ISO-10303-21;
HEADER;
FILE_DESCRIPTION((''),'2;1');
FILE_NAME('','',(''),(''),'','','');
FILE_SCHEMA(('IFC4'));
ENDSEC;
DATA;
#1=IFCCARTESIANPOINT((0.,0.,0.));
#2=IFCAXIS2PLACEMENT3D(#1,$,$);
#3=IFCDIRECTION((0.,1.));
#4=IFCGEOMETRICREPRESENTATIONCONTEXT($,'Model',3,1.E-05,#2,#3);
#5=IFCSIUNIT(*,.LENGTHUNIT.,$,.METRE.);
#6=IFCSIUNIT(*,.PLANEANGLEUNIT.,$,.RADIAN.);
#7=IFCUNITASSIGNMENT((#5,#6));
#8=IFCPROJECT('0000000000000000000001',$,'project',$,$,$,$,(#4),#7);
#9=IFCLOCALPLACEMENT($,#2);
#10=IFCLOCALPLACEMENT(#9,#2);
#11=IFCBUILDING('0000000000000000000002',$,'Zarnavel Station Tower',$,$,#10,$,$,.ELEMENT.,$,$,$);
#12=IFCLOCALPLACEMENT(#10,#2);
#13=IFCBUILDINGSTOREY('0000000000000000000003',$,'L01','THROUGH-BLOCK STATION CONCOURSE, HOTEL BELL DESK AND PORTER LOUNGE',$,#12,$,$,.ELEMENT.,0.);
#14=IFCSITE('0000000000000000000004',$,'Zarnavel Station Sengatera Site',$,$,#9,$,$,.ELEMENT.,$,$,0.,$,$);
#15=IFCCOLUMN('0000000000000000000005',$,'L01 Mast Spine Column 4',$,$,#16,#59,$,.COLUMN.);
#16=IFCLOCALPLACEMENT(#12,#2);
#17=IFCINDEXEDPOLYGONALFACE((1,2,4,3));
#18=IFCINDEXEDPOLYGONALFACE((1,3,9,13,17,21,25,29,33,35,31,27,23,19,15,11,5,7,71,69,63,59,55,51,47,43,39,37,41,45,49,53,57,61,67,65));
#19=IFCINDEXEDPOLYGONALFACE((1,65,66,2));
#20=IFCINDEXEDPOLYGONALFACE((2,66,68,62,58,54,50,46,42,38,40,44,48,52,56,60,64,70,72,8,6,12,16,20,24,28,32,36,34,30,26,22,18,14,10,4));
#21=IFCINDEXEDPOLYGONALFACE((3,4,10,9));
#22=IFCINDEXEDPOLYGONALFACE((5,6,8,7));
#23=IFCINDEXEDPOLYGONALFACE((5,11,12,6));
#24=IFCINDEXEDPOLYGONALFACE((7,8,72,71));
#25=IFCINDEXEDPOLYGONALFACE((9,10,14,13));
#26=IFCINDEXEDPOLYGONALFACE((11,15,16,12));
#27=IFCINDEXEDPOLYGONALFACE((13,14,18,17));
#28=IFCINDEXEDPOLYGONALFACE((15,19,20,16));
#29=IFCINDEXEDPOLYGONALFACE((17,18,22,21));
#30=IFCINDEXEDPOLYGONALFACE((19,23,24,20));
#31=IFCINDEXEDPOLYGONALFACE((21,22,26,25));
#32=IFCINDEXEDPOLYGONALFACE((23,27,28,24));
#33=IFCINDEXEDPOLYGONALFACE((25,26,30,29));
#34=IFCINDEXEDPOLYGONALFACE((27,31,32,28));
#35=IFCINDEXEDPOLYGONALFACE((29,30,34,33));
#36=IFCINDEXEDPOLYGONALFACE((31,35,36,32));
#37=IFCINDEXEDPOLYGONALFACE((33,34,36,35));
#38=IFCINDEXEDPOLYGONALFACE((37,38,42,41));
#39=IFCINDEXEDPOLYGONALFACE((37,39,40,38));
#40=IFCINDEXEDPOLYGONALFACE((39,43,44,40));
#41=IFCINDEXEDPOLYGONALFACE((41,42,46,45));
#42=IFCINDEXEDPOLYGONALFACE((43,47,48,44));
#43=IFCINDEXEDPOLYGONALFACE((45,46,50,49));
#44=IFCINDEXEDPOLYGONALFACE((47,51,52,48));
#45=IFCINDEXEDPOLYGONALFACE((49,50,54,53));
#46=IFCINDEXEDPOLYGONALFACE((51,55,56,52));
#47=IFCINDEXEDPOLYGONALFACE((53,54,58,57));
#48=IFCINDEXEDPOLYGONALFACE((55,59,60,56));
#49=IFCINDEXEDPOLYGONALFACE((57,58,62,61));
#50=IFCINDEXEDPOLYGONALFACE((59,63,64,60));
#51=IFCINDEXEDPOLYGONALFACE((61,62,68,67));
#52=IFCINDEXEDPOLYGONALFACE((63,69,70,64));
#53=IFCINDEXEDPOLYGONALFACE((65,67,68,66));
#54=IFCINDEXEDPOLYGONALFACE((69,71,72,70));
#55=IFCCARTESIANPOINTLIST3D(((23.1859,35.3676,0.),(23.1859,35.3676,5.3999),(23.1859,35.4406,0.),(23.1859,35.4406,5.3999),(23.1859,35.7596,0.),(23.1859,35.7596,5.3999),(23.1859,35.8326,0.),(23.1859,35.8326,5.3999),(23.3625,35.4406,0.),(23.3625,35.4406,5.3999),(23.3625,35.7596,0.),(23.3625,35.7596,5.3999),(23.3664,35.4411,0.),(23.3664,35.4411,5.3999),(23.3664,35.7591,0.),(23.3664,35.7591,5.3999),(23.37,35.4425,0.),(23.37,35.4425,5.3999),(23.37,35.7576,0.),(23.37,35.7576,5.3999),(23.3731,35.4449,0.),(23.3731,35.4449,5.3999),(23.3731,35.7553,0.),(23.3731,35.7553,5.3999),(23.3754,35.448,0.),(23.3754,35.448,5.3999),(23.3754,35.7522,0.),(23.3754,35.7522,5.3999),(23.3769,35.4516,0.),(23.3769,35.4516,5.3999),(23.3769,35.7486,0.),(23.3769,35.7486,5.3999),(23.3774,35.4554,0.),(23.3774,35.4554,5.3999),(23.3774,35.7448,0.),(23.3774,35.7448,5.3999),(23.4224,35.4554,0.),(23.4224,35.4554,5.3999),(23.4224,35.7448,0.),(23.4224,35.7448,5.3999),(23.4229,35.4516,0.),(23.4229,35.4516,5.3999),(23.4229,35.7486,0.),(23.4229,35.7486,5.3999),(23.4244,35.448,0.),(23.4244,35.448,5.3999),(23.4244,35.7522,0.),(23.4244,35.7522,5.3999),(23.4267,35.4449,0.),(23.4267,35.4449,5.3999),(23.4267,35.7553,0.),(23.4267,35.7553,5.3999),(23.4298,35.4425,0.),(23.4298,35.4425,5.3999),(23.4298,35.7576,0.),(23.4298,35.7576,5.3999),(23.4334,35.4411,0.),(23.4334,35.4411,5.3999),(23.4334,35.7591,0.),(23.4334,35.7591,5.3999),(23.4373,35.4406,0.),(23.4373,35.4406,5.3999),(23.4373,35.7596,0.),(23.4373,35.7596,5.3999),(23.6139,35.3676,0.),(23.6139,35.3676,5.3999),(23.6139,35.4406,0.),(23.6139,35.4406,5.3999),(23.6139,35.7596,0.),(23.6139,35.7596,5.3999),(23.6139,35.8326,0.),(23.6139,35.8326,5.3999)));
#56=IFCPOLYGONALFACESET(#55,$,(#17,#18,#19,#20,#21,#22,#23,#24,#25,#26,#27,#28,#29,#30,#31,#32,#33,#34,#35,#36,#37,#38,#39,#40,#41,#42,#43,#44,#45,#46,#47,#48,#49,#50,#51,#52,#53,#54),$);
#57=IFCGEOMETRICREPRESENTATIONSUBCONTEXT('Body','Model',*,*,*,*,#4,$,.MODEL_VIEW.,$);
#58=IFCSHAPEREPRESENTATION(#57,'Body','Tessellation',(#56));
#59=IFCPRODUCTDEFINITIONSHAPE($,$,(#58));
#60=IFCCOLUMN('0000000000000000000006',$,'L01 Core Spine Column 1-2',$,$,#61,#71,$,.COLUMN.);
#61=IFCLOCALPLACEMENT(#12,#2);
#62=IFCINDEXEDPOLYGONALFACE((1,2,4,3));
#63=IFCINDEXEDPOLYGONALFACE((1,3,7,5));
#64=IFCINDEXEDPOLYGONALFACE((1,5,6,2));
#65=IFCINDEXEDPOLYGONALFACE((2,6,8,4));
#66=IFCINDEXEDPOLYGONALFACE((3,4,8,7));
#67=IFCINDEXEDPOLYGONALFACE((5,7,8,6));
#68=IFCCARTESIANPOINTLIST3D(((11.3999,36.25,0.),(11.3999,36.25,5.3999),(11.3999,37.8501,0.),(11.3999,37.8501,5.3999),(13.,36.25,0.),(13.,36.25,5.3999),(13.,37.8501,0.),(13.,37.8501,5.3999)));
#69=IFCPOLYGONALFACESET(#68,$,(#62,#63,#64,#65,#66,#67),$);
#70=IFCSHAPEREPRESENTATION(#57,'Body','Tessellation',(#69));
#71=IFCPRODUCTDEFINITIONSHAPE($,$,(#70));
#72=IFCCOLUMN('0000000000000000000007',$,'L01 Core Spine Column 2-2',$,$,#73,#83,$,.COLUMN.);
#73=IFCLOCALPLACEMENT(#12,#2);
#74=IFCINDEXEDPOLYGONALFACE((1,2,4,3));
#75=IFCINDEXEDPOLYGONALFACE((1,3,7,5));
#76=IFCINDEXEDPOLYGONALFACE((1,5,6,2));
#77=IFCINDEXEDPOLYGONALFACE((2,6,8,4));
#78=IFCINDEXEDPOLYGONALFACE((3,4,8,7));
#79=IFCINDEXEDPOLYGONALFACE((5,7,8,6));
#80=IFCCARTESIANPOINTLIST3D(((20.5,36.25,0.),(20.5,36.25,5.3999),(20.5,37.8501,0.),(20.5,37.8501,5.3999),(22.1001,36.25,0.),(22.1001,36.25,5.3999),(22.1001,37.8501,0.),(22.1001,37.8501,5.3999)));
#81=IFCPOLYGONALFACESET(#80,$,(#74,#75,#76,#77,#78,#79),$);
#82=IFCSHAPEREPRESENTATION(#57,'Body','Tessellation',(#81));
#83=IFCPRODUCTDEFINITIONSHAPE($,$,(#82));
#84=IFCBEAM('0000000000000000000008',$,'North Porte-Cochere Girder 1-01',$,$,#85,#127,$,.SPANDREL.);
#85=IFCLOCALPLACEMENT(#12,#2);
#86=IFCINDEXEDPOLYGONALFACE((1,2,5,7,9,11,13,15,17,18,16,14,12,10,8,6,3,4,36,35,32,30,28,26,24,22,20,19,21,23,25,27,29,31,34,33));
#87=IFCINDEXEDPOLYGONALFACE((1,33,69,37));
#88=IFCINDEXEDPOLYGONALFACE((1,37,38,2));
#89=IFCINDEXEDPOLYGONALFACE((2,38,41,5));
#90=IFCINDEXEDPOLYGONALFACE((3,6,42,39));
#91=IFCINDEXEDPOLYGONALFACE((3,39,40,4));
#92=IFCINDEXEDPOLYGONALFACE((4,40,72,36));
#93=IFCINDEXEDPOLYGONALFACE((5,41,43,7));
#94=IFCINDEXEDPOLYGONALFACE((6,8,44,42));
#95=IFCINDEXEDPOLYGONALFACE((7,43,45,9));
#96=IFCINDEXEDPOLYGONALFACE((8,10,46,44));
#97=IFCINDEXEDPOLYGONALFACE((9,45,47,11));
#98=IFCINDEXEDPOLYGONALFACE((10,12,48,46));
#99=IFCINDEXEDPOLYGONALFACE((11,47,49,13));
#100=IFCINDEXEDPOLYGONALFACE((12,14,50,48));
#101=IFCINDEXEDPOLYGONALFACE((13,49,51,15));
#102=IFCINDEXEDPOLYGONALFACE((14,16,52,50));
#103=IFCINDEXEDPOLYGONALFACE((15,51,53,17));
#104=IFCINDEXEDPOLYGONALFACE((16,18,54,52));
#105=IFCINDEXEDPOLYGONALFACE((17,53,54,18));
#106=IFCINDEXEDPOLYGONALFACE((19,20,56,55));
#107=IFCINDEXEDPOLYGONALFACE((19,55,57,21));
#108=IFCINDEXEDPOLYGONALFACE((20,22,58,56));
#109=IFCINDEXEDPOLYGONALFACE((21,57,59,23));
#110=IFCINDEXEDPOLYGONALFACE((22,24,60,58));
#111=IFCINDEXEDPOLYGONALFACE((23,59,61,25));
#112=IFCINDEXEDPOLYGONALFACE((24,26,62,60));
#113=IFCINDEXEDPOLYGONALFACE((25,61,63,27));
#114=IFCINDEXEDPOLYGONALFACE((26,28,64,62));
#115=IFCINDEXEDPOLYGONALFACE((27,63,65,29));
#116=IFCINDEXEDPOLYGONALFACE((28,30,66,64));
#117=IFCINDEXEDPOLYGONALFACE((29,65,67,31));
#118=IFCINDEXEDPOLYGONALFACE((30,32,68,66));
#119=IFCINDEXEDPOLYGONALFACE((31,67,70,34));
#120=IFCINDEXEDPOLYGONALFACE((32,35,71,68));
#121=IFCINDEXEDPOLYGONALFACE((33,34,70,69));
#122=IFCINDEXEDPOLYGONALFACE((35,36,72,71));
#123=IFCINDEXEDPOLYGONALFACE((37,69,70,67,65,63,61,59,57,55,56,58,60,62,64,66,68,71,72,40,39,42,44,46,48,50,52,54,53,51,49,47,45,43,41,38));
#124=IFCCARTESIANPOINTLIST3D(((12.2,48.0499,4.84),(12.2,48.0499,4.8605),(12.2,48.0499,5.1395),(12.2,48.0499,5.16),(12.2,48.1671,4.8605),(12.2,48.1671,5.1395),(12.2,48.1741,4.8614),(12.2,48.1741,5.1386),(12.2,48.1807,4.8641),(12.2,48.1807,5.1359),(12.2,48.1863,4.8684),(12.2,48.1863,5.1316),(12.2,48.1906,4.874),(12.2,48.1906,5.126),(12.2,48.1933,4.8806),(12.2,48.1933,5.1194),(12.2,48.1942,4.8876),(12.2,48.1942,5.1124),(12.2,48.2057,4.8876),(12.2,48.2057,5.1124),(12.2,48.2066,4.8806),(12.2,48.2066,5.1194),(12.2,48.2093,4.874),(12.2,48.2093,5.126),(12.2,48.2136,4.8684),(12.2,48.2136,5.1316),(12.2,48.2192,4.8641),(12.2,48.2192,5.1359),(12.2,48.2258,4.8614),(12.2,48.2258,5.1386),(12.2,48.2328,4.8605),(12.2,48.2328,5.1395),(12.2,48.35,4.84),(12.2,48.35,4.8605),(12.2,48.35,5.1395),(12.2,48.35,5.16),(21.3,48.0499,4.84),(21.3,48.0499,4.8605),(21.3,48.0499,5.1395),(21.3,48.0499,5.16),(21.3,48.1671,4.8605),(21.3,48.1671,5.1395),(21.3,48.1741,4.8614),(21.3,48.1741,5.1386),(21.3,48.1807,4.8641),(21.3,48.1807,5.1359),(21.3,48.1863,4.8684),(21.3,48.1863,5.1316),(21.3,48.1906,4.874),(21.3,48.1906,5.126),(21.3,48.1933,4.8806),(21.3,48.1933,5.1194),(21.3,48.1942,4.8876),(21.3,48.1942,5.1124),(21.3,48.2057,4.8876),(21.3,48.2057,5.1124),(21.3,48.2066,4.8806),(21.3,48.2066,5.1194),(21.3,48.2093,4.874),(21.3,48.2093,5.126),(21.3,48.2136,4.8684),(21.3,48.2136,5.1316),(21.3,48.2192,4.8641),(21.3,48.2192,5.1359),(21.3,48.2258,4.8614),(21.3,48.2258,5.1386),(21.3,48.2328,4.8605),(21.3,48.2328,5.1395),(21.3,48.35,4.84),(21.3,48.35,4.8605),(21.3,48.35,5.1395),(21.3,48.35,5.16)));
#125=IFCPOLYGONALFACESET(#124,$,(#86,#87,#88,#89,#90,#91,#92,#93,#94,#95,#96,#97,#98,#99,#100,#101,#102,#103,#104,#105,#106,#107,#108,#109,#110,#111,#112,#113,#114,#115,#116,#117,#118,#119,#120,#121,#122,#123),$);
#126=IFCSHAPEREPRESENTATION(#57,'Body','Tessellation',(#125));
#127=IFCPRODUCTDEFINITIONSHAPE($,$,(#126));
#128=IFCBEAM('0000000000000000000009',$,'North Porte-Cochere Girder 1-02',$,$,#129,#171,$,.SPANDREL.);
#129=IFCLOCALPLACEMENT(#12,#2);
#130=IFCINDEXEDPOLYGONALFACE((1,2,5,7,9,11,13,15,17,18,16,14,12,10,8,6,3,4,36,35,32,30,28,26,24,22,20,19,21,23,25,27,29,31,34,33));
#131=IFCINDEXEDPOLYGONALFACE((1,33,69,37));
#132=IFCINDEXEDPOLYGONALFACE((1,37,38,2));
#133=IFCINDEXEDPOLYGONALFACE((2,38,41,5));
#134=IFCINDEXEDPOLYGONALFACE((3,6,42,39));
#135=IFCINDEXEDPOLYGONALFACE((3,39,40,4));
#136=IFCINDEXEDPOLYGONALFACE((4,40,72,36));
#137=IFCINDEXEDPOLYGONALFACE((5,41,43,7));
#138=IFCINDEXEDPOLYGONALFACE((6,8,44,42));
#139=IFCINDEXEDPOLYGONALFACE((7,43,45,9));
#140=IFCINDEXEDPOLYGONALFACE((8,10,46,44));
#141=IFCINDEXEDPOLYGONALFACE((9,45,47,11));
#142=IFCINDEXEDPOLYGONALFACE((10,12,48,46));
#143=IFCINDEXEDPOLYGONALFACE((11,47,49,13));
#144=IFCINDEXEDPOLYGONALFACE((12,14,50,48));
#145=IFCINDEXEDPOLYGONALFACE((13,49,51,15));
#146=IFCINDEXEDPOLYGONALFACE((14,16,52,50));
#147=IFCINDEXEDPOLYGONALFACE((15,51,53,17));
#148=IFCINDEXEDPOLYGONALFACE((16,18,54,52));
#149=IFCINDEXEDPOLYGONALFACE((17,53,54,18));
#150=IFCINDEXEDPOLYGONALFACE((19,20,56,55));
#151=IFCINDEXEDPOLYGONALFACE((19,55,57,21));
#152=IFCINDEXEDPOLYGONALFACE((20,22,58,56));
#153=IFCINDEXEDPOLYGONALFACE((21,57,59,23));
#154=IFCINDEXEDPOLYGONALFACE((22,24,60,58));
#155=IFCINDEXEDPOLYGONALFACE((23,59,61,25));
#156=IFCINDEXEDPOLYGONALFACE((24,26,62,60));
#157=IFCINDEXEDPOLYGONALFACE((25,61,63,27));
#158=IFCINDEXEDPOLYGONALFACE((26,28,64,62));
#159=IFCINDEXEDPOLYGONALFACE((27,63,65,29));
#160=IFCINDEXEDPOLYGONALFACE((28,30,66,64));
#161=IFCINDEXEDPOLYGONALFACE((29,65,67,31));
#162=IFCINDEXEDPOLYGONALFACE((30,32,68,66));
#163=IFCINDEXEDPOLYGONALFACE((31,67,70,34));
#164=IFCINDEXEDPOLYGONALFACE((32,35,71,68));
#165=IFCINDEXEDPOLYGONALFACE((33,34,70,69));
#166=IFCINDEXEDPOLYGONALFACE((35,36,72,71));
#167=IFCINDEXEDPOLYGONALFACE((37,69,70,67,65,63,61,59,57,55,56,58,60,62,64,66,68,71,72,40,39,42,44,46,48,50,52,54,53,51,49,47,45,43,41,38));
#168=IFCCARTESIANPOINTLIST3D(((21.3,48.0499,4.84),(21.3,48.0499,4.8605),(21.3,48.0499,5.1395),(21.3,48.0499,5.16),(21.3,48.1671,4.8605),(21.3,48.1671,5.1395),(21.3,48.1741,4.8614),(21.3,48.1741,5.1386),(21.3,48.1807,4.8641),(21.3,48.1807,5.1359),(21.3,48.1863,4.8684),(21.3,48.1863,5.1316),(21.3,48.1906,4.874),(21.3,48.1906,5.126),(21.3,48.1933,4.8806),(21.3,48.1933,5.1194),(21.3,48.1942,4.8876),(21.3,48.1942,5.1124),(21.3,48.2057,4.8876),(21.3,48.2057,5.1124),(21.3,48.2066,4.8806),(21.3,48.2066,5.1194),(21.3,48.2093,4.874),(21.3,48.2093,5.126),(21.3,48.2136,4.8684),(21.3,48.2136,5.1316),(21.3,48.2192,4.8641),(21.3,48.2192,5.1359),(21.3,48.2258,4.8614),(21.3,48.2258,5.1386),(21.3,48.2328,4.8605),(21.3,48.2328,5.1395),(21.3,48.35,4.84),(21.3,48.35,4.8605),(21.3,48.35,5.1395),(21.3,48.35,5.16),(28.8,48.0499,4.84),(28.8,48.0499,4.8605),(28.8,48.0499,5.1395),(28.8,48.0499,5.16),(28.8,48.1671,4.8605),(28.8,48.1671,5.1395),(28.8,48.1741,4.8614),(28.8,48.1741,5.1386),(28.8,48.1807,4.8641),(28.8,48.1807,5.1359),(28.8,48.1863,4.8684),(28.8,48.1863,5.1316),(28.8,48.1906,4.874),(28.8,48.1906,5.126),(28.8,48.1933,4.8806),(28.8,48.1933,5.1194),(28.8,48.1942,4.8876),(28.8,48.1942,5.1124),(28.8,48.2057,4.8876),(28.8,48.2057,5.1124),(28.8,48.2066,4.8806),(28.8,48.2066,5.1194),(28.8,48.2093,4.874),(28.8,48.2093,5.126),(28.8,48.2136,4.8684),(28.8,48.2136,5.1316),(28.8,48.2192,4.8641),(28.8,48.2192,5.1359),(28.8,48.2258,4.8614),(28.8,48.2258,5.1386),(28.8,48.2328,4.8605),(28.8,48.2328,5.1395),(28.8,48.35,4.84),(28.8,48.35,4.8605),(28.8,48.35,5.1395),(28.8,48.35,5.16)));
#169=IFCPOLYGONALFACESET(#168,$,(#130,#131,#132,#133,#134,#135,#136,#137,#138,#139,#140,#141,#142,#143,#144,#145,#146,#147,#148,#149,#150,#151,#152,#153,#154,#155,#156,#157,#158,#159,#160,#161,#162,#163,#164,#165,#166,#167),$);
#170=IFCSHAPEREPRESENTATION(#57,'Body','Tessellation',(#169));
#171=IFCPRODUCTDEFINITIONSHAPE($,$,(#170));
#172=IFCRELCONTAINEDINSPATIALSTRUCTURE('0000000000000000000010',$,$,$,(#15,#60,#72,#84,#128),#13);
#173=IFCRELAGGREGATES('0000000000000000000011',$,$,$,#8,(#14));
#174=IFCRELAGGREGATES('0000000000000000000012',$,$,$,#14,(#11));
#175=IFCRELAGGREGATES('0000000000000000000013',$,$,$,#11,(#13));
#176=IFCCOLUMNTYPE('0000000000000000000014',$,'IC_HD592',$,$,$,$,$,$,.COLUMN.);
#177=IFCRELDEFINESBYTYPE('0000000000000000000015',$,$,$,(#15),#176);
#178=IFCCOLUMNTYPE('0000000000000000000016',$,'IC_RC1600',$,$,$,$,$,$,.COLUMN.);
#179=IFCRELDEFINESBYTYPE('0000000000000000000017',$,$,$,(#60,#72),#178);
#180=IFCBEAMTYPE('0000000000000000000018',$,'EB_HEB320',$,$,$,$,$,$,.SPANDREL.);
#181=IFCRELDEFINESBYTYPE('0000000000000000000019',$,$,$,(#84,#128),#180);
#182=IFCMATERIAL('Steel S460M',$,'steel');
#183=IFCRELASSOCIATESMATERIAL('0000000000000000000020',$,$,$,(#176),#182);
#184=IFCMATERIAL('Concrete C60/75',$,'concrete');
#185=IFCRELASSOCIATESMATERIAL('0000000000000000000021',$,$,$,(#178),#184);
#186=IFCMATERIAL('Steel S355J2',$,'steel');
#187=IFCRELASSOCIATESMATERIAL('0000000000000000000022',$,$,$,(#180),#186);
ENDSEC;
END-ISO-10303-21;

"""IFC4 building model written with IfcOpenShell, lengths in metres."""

from ifc_helpers import new_model, si_unit, direction, frame, origin, origin_2d, place, context, subcontext, project, spatial, rectangle, i_section, extrude, material, material_profile, profile_set, type_object, element, save


model = new_model("IFC4")

# Units and contexts
model_context = context("Model", 3, precision=1e-05, world=origin(), true_north=direction((0.0, 1.0)))
body_context = subcontext(model_context, "Body", "Model", "MODEL_VIEW")
ifc_project = project(units=[si_unit("LENGTHUNIT", "METRE"), si_unit("PLANEANGLEUNIT", "RADIAN")], contexts=[model_context])

# Site, building, storey
site_placement = place(None, origin())
site = spatial("IfcSite", under=ifc_project, at=site_placement, Name="Zarnavel Station Sengatera Site", CompositionType="ELEMENT", RefElevation=0.0)
building_placement = place(site_placement, origin())
building = spatial("IfcBuilding", under=site, at=building_placement, Name="Zarnavel Station Tower", CompositionType="ELEMENT")
storey_placement = place(building_placement, origin())
storey = spatial("IfcBuildingStorey", under=building, at=storey_placement, Name="L01", Description="THROUGH-BLOCK STATION CONCOURSE, HOTEL BELL DESK AND PORTER LOUNGE", CompositionType="ELEMENT", Elevation=0.0)

# Columns
ifc_material_1 = material(Name="Steel S460M", Category="steel")
ifc_material_profile_1 = material_profile(ifc_material_1, i_section(OverallWidth=0.428, OverallDepth=0.4651, WebThickness=0.0449, FlangeThickness=0.073, FilletRadius=0.0149, at=origin_2d()), Name="HD400x592")
ifc_profile_set_1 = profile_set([ifc_material_profile_1], Name="Steel S460M")
column_type_1 = type_object("IfcColumnType", Name="IC_HD592", PredefinedType="COLUMN", material=ifc_profile_set_1)
column_placement = place(storey_placement, frame((23.3999, 35.6001, 0.0), z_axis=(0.0, 0.0, 1.0), x_axis=(1.0, 0.0, 0.0)))
element("IfcColumn", 1, at=column_placement, inside=storey, type_object=column_type_1, Name="L01 Mast Spine Column 4", PredefinedType="COLUMN", context=body_context, shape_type="SweptSolid", body=[
    extrude(i_section(OverallWidth=0.428, OverallDepth=0.4651, WebThickness=0.0449, FlangeThickness=0.073, FilletRadius=0.0149, at=origin_2d()), origin(), (0.0, 0.0, 1.0), 5.3999),
])
ifc_material_2 = material(Name="Concrete C60/75", Category="concrete")
ifc_material_profile_2 = material_profile(ifc_material_2, rectangle(XDim=1.6001, YDim=1.6001, at=origin_2d()), Name="RC1600x1600")
ifc_profile_set_2 = profile_set([ifc_material_profile_2], Name="Concrete C60/75")
column_type_2 = type_object("IfcColumnType", Name="IC_RC1600", PredefinedType="COLUMN", material=ifc_profile_set_2)
for number, where, z_axis, x_axis, name in (
    (2, (12.2, 37.05, 0.0), (0.0, 0.0, 1.0), (1.0, 0.0, 0.0), "L01 Core Spine Column 1-2"),
    (3, (21.3, 37.05, 0.0), (0.0, 0.0, 1.0), (1.0, 0.0, 0.0), "L01 Core Spine Column 2-2"),
):
    element("IfcColumn", number, at=place(storey_placement, frame(where, z_axis=z_axis, x_axis=x_axis)), inside=storey, type_object=column_type_2, Name=name, PredefinedType="COLUMN", context=body_context, shape_type="SweptSolid", body=[
        extrude(rectangle(XDim=1.6001, YDim=1.6001, at=origin_2d()), origin(), (0.0, 0.0, 1.0), 5.3999),
    ])

# Beams
ifc_material_3 = material(Name="Steel S355J2", Category="steel")
ifc_material_profile_3 = material_profile(ifc_material_3, i_section(OverallWidth=0.3, OverallDepth=0.3201, WebThickness=0.0115, FlangeThickness=0.0205, FilletRadius=0.0271, at=origin_2d()), Name="HEB320")
ifc_profile_set_3 = profile_set([ifc_material_profile_3], Name="Steel S355J2")
beam_type_1 = type_object("IfcBeamType", Name="EB_HEB320", PredefinedType="SPANDREL", material=ifc_profile_set_3)
beam_1_placement = place(storey_placement, frame((12.2, 48.2, 5.0), z_axis=(1.0, 0.0, 0.0), x_axis=(0.0, 1.0, 0.0)))
element("IfcBeam", 4, at=beam_1_placement, inside=storey, type_object=beam_type_1, Name="North Porte-Cochere Girder 1-01", PredefinedType="SPANDREL", context=body_context, shape_type="SweptSolid", body=[
    extrude(i_section(OverallWidth=0.3, OverallDepth=0.3201, WebThickness=0.0115, FlangeThickness=0.0205, FilletRadius=0.0271, at=origin_2d()), origin(), (0.0, 0.0, 1.0), 9.1001),
])
beam_2_placement = place(storey_placement, frame((21.3, 48.2, 5.0), z_axis=(1.0, 0.0, 0.0), x_axis=(0.0, 1.0, 0.0)))
element("IfcBeam", 5, at=beam_2_placement, inside=storey, type_object=beam_type_1, Name="North Porte-Cochere Girder 1-02", PredefinedType="SPANDREL", context=body_context, shape_type="SweptSolid", body=[
    extrude(i_section(OverallWidth=0.3, OverallDepth=0.3201, WebThickness=0.0115, FlangeThickness=0.0205, FilletRadius=0.0271, at=origin_2d()), origin(), (0.0, 0.0, 1.0), 7.5),
])

save(model, "model.ifc")
